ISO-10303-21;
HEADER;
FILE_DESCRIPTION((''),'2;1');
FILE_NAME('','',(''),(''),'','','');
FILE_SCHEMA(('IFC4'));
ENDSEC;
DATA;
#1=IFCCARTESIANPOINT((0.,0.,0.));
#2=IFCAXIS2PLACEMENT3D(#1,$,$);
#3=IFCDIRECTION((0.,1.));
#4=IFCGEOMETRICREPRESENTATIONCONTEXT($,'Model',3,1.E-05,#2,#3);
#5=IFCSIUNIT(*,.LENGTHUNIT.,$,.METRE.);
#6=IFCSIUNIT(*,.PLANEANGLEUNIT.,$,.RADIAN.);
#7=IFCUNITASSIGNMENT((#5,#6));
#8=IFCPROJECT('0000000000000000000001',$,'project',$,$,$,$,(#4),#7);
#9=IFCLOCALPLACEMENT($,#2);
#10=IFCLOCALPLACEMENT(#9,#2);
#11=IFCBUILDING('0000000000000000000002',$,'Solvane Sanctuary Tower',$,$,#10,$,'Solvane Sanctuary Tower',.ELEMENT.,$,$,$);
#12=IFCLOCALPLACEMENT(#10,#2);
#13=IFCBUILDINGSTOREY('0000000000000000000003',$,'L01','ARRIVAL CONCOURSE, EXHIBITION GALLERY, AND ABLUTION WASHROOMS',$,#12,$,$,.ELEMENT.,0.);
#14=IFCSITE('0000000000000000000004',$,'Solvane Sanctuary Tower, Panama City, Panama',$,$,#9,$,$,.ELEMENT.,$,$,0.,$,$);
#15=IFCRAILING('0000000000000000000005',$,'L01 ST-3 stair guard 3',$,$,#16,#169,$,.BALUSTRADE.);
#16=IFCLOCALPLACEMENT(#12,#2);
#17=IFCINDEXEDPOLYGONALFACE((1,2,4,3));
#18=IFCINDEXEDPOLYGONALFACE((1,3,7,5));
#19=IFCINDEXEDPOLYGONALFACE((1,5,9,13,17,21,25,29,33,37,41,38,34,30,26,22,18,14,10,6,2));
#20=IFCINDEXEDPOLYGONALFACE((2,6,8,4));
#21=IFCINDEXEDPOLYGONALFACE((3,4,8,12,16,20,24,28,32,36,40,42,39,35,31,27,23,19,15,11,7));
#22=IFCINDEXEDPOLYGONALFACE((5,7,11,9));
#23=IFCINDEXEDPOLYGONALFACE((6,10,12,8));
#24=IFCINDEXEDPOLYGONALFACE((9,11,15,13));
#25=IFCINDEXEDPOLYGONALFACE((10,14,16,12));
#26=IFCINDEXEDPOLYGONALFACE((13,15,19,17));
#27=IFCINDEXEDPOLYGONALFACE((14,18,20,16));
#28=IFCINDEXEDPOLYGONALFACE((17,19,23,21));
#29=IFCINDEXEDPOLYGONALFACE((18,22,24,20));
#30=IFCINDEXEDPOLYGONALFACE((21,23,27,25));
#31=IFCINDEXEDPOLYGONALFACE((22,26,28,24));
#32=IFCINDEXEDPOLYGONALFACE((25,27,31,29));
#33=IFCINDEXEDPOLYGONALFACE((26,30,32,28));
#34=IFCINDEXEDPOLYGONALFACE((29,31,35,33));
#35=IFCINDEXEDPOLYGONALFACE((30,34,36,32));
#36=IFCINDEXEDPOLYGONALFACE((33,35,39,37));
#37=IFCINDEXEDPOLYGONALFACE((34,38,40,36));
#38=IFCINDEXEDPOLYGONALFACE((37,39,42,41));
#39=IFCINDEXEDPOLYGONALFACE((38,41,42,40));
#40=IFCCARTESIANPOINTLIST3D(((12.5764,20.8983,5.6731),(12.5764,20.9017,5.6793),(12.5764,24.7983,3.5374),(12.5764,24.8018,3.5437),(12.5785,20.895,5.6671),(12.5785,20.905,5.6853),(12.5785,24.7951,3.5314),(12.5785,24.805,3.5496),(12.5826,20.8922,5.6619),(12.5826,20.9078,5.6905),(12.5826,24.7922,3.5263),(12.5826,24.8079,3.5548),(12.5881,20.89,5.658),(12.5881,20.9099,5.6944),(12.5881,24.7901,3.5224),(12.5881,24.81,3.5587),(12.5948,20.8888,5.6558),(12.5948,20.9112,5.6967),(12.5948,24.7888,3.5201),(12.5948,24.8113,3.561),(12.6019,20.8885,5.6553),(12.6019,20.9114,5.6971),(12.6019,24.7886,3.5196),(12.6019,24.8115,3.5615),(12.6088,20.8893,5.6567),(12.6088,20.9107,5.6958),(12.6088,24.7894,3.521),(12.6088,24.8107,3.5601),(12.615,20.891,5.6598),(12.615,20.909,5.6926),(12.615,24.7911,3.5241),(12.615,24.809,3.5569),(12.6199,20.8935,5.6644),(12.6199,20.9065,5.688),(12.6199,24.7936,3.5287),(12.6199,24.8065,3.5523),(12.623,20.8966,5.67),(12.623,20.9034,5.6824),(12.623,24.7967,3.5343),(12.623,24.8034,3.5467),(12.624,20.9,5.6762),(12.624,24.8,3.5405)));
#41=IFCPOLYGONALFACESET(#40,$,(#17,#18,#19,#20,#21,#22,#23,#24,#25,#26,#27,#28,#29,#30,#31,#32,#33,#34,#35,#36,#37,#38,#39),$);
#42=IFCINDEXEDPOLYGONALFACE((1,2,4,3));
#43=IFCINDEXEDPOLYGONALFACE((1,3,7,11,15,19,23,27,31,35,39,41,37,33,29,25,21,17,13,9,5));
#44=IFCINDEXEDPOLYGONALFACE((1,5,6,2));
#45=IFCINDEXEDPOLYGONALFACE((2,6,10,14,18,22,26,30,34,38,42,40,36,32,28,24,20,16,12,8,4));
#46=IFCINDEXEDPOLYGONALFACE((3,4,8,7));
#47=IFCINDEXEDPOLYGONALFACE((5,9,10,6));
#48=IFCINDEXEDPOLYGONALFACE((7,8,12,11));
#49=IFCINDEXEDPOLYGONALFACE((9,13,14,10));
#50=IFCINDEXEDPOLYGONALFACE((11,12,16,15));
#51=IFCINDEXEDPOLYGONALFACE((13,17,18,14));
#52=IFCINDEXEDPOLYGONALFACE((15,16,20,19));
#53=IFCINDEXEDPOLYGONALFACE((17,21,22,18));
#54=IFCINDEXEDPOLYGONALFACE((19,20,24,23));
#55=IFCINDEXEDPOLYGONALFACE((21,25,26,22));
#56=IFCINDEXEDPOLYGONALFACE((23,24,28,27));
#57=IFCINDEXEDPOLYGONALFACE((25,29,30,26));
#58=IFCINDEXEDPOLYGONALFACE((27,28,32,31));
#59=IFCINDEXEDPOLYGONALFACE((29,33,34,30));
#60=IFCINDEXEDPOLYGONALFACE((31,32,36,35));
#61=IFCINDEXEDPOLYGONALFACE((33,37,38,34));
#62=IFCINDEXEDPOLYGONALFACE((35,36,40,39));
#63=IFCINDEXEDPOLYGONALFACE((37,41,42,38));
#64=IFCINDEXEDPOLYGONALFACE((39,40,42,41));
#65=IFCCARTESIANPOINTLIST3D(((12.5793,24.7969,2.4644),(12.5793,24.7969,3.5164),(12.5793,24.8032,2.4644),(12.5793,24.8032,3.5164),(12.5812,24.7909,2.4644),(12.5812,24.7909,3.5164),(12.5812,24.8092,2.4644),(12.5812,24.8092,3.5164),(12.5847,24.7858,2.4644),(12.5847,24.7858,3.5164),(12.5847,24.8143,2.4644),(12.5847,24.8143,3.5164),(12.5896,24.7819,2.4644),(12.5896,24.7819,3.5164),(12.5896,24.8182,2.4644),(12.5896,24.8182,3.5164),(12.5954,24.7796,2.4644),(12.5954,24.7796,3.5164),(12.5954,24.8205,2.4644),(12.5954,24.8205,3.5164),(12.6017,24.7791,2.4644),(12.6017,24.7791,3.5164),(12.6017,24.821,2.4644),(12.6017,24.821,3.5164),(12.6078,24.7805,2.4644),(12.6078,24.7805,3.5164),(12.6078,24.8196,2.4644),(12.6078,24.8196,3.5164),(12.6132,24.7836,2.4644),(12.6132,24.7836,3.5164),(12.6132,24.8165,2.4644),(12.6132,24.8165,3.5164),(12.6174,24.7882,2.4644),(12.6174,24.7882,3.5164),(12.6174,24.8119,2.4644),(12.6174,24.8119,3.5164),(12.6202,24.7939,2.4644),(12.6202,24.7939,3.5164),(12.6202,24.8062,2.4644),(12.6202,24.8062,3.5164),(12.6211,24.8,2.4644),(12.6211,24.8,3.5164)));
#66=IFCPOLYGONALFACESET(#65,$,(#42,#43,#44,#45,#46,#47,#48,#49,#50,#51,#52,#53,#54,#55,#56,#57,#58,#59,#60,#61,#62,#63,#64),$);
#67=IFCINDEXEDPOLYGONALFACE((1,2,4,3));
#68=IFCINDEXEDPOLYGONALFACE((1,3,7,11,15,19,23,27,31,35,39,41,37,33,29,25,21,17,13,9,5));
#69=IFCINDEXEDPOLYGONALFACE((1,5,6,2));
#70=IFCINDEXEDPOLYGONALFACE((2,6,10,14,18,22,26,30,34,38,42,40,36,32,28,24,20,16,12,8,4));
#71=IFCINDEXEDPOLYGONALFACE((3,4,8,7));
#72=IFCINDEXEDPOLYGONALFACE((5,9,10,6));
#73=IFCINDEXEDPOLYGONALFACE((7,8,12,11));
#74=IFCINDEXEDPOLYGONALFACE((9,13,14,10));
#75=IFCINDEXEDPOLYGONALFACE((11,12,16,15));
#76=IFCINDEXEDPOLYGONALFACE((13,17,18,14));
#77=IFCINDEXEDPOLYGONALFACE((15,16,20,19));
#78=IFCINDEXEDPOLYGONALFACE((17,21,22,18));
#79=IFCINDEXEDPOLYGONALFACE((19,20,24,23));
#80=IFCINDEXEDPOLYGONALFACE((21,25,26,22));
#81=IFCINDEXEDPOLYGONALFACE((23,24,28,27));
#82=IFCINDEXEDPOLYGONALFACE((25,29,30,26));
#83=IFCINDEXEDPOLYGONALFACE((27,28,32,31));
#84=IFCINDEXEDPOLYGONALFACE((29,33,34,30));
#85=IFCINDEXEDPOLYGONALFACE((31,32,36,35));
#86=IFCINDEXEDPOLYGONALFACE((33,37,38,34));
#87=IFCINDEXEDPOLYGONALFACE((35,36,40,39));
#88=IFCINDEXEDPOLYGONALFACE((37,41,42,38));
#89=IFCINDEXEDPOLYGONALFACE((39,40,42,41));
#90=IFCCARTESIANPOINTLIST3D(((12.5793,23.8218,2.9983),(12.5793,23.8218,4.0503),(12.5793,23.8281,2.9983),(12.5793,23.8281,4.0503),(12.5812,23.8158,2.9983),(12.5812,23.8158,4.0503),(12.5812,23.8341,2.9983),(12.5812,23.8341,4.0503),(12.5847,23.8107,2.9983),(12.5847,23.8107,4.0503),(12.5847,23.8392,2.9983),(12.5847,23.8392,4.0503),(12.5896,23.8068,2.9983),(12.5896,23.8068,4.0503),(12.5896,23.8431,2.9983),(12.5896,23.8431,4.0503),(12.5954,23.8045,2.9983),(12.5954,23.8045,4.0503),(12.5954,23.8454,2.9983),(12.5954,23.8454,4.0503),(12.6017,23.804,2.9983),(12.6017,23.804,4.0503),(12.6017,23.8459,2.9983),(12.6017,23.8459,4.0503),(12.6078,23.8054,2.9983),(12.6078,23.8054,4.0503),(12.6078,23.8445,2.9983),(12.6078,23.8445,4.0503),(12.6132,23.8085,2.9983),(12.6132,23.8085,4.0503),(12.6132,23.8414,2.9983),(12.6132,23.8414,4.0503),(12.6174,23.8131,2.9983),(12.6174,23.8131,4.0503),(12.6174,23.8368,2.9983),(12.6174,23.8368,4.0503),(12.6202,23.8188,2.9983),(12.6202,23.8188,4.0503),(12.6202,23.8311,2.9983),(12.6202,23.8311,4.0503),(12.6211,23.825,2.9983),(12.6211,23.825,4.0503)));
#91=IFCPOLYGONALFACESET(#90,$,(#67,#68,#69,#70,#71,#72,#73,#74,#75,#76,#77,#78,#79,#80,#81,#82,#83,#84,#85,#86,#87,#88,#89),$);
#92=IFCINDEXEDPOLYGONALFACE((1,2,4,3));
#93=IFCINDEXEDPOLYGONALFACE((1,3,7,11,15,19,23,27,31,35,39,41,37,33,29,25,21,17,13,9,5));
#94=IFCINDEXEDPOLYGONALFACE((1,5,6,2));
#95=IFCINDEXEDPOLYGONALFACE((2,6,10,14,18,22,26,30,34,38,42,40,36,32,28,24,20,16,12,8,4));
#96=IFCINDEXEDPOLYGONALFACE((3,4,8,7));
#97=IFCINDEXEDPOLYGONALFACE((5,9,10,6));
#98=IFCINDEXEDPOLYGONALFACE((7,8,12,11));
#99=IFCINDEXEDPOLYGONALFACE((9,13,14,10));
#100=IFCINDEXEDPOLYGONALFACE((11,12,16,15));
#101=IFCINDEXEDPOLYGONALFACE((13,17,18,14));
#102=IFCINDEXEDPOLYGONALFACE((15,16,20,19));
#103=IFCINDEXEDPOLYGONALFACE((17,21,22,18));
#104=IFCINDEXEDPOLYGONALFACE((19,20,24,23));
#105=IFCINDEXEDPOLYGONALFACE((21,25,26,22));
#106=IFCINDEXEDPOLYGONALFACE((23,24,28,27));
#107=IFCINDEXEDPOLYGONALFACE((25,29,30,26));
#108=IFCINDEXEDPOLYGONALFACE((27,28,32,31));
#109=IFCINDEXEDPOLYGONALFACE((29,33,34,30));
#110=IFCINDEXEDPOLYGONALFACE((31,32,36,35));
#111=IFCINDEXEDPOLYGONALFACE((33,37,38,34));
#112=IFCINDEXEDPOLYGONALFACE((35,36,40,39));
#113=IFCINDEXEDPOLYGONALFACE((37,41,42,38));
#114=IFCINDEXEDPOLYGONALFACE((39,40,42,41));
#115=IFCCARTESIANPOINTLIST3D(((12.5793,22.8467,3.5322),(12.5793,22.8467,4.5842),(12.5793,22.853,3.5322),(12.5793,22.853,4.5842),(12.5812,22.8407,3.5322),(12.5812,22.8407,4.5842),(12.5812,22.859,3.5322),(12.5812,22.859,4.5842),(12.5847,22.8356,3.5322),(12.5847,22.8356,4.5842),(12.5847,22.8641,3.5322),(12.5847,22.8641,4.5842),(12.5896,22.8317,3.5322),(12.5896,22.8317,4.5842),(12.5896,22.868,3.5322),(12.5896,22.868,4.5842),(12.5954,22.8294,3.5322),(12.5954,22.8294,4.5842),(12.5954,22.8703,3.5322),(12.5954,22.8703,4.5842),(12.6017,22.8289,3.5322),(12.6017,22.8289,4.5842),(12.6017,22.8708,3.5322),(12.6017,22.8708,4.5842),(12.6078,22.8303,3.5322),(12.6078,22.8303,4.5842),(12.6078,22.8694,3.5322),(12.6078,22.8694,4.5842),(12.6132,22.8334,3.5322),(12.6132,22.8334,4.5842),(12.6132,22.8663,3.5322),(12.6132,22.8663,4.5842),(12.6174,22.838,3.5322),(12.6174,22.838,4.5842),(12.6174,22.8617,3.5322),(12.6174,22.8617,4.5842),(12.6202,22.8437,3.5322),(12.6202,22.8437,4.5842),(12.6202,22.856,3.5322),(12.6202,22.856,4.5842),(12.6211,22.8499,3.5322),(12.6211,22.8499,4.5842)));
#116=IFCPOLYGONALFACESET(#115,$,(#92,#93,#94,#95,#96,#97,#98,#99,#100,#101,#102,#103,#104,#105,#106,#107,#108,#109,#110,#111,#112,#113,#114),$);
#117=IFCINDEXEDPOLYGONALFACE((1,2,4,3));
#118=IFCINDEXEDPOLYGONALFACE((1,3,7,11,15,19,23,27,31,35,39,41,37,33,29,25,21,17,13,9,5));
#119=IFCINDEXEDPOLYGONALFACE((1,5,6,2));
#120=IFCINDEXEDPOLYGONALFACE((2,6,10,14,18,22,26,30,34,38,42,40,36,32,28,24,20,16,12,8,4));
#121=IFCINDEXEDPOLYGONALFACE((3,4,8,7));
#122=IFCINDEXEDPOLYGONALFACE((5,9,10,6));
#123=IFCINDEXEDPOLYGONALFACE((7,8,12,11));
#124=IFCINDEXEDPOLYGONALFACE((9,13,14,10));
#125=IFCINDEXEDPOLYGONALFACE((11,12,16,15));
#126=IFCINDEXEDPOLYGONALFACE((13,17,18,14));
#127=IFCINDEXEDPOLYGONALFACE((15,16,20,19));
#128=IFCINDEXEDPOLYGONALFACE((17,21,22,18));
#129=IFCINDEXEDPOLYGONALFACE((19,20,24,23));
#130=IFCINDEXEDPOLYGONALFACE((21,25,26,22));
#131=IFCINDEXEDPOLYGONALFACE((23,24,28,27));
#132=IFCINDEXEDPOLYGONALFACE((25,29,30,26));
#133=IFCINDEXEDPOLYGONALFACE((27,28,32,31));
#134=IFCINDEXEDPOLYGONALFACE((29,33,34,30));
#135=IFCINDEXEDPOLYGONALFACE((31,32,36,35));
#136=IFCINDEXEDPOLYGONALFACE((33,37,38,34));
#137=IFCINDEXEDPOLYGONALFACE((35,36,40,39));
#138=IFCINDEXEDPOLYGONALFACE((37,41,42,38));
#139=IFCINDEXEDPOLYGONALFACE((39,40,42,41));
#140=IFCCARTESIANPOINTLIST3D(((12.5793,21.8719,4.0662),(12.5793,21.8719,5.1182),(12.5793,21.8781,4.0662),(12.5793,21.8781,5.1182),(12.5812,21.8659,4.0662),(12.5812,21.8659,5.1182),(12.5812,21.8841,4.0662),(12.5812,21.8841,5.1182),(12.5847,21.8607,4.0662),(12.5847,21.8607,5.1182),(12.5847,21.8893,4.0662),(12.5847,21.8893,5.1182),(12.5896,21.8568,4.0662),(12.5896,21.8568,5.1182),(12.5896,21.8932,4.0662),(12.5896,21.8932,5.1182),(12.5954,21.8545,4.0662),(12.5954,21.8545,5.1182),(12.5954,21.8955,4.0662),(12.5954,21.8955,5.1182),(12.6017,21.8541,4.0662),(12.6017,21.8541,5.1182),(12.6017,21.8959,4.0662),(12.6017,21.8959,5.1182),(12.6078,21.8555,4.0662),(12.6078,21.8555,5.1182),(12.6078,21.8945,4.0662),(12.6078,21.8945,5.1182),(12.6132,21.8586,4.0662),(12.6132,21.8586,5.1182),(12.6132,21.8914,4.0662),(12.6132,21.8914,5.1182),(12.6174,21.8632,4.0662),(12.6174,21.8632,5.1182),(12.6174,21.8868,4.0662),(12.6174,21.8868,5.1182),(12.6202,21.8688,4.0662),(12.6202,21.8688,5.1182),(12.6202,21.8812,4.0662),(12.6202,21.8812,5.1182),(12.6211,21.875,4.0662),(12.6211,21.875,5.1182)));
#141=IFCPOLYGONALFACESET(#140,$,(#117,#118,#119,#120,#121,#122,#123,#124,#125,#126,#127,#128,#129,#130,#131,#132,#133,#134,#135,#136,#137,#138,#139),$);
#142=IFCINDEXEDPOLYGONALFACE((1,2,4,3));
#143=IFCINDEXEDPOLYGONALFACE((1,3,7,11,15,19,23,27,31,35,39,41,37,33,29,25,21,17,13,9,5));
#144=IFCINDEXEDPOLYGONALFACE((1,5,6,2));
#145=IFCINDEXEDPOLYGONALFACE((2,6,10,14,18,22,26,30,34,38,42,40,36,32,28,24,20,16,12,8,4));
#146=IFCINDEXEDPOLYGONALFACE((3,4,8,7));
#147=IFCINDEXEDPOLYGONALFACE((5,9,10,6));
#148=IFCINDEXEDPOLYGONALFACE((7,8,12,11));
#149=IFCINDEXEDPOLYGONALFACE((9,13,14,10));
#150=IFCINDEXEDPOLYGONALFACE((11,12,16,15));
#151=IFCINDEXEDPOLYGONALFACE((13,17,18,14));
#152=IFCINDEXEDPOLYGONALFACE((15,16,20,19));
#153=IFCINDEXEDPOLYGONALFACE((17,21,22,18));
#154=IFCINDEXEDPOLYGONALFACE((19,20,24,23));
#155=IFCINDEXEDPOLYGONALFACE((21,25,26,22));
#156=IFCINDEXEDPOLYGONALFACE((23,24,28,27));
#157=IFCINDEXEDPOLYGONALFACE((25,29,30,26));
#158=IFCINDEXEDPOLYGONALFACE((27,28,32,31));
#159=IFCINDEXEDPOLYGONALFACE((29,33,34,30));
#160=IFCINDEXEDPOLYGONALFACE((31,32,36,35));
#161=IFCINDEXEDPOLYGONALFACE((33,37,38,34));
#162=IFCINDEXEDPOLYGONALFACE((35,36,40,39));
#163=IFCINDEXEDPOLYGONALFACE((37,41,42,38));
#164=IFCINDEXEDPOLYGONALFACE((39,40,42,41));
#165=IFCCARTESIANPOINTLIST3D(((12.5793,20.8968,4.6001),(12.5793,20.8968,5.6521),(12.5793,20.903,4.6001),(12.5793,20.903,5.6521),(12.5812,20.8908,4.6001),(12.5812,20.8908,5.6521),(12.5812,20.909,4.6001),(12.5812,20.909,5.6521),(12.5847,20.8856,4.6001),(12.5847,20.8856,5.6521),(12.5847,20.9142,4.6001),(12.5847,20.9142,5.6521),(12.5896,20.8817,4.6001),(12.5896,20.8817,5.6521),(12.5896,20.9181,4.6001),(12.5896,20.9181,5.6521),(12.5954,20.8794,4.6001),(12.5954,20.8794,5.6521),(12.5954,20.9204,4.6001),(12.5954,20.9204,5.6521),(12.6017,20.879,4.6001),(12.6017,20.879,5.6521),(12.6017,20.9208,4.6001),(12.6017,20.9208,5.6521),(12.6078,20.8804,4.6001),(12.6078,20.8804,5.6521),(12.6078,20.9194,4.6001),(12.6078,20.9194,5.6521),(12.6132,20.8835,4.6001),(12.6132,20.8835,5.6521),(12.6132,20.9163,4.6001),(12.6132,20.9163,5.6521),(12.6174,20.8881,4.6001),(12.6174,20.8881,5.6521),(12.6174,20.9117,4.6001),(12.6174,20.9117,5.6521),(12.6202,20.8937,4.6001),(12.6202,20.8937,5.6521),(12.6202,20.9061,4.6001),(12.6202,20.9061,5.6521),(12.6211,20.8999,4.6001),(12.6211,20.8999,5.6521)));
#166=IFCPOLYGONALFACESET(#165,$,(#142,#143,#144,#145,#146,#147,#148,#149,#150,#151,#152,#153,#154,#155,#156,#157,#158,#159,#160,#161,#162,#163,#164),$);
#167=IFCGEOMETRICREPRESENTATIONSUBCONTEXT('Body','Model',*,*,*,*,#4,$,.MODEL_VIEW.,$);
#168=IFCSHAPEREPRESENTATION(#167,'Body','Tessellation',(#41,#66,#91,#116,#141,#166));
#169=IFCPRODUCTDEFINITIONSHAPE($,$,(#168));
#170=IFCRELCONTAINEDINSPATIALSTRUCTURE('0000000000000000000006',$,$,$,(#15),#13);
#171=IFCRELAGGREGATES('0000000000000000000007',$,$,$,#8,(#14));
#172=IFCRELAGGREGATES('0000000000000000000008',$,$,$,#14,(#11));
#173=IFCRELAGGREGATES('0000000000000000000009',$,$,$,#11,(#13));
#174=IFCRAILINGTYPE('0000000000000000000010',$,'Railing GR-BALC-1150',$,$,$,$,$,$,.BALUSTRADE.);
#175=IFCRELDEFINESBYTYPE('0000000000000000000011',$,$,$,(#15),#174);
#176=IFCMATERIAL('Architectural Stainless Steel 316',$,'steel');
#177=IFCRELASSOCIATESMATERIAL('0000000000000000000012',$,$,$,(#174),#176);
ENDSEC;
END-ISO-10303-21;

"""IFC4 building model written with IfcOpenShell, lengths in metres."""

from ifc_helpers import new_model, si_unit, direction, frame, origin, origin_2d, place, context, subcontext, project, spatial, circle, extrude, material, type_object, element, save


model = new_model("IFC4")

# Units and contexts
model_context = context("Model", 3, precision=1e-05, world=origin(), true_north=direction((0.0, 1.0)))
body_context = subcontext(model_context, "Body", "Model", "MODEL_VIEW")
ifc_project = project(units=[si_unit("LENGTHUNIT", "METRE"), si_unit("PLANEANGLEUNIT", "RADIAN")], contexts=[model_context])

# Site, building, storey
site_placement = place(None, origin())
site = spatial("IfcSite", under=ifc_project, at=site_placement, Name="Solvane Sanctuary Tower, Panama City, Panama", CompositionType="ELEMENT", RefElevation=0.0)
building_placement = place(site_placement, origin())
building = spatial("IfcBuilding", under=site, at=building_placement, Name="Solvane Sanctuary Tower", LongName="Solvane Sanctuary Tower", CompositionType="ELEMENT")
storey_placement = place(building_placement, origin())
storey = spatial("IfcBuildingStorey", under=building, at=storey_placement, Name="L01", Description="ARRIVAL CONCOURSE, EXHIBITION GALLERY, AND ABLUTION WASHROOMS", CompositionType="ELEMENT", Elevation=0.0)

# Shared definitions
ifc_material_1 = material(Name="Architectural Stainless Steel 316", Category="steel")

# Railing
railing_type_1 = type_object("IfcRailingType", Name="Railing GR-BALC-1150", PredefinedType="BALUSTRADE", material=ifc_material_1)
railing_1_placement = place(storey_placement, frame((12.6001, 24.8, 2.4644)))
element("IfcRailing", 1, at=railing_1_placement, inside=storey, type_object=railing_type_1, Name="L01 ST-3 stair guard 3", PredefinedType="BALUSTRADE", context=body_context, shape_type="SweptSolid", body=[
    extrude(circle(Radius=0.0239, at=origin_2d()), frame((0.0, 0.0, 1.0762), z_axis=(0.0, -0.877101, 0.480306), x_axis=(1.0, 0.0, 0.0)), (0.0, 0.0, 1.0), 4.4465),
    extrude(circle(Radius=0.021, at=origin_2d()), origin(), (0.0, 0.0, 1.0), 1.052),
    extrude(circle(Radius=0.021, at=origin_2d()), frame((0.0, -0.9751, 0.5339)), (0.0, 0.0, 1.0), 1.052),
    extrude(circle(Radius=0.021, at=origin_2d()), frame((0.0, -1.9502, 1.0679)), (0.0, 0.0, 1.0), 1.052),
    extrude(circle(Radius=0.021, at=origin_2d()), frame((0.0, -2.925, 1.6018)), (0.0, 0.0, 1.0), 1.052),
    extrude(circle(Radius=0.021, at=origin_2d()), frame((0.0, -3.9001, 2.1357)), (0.0, 0.0, 1.0), 1.052),
])

save(model, "model.ifc")
